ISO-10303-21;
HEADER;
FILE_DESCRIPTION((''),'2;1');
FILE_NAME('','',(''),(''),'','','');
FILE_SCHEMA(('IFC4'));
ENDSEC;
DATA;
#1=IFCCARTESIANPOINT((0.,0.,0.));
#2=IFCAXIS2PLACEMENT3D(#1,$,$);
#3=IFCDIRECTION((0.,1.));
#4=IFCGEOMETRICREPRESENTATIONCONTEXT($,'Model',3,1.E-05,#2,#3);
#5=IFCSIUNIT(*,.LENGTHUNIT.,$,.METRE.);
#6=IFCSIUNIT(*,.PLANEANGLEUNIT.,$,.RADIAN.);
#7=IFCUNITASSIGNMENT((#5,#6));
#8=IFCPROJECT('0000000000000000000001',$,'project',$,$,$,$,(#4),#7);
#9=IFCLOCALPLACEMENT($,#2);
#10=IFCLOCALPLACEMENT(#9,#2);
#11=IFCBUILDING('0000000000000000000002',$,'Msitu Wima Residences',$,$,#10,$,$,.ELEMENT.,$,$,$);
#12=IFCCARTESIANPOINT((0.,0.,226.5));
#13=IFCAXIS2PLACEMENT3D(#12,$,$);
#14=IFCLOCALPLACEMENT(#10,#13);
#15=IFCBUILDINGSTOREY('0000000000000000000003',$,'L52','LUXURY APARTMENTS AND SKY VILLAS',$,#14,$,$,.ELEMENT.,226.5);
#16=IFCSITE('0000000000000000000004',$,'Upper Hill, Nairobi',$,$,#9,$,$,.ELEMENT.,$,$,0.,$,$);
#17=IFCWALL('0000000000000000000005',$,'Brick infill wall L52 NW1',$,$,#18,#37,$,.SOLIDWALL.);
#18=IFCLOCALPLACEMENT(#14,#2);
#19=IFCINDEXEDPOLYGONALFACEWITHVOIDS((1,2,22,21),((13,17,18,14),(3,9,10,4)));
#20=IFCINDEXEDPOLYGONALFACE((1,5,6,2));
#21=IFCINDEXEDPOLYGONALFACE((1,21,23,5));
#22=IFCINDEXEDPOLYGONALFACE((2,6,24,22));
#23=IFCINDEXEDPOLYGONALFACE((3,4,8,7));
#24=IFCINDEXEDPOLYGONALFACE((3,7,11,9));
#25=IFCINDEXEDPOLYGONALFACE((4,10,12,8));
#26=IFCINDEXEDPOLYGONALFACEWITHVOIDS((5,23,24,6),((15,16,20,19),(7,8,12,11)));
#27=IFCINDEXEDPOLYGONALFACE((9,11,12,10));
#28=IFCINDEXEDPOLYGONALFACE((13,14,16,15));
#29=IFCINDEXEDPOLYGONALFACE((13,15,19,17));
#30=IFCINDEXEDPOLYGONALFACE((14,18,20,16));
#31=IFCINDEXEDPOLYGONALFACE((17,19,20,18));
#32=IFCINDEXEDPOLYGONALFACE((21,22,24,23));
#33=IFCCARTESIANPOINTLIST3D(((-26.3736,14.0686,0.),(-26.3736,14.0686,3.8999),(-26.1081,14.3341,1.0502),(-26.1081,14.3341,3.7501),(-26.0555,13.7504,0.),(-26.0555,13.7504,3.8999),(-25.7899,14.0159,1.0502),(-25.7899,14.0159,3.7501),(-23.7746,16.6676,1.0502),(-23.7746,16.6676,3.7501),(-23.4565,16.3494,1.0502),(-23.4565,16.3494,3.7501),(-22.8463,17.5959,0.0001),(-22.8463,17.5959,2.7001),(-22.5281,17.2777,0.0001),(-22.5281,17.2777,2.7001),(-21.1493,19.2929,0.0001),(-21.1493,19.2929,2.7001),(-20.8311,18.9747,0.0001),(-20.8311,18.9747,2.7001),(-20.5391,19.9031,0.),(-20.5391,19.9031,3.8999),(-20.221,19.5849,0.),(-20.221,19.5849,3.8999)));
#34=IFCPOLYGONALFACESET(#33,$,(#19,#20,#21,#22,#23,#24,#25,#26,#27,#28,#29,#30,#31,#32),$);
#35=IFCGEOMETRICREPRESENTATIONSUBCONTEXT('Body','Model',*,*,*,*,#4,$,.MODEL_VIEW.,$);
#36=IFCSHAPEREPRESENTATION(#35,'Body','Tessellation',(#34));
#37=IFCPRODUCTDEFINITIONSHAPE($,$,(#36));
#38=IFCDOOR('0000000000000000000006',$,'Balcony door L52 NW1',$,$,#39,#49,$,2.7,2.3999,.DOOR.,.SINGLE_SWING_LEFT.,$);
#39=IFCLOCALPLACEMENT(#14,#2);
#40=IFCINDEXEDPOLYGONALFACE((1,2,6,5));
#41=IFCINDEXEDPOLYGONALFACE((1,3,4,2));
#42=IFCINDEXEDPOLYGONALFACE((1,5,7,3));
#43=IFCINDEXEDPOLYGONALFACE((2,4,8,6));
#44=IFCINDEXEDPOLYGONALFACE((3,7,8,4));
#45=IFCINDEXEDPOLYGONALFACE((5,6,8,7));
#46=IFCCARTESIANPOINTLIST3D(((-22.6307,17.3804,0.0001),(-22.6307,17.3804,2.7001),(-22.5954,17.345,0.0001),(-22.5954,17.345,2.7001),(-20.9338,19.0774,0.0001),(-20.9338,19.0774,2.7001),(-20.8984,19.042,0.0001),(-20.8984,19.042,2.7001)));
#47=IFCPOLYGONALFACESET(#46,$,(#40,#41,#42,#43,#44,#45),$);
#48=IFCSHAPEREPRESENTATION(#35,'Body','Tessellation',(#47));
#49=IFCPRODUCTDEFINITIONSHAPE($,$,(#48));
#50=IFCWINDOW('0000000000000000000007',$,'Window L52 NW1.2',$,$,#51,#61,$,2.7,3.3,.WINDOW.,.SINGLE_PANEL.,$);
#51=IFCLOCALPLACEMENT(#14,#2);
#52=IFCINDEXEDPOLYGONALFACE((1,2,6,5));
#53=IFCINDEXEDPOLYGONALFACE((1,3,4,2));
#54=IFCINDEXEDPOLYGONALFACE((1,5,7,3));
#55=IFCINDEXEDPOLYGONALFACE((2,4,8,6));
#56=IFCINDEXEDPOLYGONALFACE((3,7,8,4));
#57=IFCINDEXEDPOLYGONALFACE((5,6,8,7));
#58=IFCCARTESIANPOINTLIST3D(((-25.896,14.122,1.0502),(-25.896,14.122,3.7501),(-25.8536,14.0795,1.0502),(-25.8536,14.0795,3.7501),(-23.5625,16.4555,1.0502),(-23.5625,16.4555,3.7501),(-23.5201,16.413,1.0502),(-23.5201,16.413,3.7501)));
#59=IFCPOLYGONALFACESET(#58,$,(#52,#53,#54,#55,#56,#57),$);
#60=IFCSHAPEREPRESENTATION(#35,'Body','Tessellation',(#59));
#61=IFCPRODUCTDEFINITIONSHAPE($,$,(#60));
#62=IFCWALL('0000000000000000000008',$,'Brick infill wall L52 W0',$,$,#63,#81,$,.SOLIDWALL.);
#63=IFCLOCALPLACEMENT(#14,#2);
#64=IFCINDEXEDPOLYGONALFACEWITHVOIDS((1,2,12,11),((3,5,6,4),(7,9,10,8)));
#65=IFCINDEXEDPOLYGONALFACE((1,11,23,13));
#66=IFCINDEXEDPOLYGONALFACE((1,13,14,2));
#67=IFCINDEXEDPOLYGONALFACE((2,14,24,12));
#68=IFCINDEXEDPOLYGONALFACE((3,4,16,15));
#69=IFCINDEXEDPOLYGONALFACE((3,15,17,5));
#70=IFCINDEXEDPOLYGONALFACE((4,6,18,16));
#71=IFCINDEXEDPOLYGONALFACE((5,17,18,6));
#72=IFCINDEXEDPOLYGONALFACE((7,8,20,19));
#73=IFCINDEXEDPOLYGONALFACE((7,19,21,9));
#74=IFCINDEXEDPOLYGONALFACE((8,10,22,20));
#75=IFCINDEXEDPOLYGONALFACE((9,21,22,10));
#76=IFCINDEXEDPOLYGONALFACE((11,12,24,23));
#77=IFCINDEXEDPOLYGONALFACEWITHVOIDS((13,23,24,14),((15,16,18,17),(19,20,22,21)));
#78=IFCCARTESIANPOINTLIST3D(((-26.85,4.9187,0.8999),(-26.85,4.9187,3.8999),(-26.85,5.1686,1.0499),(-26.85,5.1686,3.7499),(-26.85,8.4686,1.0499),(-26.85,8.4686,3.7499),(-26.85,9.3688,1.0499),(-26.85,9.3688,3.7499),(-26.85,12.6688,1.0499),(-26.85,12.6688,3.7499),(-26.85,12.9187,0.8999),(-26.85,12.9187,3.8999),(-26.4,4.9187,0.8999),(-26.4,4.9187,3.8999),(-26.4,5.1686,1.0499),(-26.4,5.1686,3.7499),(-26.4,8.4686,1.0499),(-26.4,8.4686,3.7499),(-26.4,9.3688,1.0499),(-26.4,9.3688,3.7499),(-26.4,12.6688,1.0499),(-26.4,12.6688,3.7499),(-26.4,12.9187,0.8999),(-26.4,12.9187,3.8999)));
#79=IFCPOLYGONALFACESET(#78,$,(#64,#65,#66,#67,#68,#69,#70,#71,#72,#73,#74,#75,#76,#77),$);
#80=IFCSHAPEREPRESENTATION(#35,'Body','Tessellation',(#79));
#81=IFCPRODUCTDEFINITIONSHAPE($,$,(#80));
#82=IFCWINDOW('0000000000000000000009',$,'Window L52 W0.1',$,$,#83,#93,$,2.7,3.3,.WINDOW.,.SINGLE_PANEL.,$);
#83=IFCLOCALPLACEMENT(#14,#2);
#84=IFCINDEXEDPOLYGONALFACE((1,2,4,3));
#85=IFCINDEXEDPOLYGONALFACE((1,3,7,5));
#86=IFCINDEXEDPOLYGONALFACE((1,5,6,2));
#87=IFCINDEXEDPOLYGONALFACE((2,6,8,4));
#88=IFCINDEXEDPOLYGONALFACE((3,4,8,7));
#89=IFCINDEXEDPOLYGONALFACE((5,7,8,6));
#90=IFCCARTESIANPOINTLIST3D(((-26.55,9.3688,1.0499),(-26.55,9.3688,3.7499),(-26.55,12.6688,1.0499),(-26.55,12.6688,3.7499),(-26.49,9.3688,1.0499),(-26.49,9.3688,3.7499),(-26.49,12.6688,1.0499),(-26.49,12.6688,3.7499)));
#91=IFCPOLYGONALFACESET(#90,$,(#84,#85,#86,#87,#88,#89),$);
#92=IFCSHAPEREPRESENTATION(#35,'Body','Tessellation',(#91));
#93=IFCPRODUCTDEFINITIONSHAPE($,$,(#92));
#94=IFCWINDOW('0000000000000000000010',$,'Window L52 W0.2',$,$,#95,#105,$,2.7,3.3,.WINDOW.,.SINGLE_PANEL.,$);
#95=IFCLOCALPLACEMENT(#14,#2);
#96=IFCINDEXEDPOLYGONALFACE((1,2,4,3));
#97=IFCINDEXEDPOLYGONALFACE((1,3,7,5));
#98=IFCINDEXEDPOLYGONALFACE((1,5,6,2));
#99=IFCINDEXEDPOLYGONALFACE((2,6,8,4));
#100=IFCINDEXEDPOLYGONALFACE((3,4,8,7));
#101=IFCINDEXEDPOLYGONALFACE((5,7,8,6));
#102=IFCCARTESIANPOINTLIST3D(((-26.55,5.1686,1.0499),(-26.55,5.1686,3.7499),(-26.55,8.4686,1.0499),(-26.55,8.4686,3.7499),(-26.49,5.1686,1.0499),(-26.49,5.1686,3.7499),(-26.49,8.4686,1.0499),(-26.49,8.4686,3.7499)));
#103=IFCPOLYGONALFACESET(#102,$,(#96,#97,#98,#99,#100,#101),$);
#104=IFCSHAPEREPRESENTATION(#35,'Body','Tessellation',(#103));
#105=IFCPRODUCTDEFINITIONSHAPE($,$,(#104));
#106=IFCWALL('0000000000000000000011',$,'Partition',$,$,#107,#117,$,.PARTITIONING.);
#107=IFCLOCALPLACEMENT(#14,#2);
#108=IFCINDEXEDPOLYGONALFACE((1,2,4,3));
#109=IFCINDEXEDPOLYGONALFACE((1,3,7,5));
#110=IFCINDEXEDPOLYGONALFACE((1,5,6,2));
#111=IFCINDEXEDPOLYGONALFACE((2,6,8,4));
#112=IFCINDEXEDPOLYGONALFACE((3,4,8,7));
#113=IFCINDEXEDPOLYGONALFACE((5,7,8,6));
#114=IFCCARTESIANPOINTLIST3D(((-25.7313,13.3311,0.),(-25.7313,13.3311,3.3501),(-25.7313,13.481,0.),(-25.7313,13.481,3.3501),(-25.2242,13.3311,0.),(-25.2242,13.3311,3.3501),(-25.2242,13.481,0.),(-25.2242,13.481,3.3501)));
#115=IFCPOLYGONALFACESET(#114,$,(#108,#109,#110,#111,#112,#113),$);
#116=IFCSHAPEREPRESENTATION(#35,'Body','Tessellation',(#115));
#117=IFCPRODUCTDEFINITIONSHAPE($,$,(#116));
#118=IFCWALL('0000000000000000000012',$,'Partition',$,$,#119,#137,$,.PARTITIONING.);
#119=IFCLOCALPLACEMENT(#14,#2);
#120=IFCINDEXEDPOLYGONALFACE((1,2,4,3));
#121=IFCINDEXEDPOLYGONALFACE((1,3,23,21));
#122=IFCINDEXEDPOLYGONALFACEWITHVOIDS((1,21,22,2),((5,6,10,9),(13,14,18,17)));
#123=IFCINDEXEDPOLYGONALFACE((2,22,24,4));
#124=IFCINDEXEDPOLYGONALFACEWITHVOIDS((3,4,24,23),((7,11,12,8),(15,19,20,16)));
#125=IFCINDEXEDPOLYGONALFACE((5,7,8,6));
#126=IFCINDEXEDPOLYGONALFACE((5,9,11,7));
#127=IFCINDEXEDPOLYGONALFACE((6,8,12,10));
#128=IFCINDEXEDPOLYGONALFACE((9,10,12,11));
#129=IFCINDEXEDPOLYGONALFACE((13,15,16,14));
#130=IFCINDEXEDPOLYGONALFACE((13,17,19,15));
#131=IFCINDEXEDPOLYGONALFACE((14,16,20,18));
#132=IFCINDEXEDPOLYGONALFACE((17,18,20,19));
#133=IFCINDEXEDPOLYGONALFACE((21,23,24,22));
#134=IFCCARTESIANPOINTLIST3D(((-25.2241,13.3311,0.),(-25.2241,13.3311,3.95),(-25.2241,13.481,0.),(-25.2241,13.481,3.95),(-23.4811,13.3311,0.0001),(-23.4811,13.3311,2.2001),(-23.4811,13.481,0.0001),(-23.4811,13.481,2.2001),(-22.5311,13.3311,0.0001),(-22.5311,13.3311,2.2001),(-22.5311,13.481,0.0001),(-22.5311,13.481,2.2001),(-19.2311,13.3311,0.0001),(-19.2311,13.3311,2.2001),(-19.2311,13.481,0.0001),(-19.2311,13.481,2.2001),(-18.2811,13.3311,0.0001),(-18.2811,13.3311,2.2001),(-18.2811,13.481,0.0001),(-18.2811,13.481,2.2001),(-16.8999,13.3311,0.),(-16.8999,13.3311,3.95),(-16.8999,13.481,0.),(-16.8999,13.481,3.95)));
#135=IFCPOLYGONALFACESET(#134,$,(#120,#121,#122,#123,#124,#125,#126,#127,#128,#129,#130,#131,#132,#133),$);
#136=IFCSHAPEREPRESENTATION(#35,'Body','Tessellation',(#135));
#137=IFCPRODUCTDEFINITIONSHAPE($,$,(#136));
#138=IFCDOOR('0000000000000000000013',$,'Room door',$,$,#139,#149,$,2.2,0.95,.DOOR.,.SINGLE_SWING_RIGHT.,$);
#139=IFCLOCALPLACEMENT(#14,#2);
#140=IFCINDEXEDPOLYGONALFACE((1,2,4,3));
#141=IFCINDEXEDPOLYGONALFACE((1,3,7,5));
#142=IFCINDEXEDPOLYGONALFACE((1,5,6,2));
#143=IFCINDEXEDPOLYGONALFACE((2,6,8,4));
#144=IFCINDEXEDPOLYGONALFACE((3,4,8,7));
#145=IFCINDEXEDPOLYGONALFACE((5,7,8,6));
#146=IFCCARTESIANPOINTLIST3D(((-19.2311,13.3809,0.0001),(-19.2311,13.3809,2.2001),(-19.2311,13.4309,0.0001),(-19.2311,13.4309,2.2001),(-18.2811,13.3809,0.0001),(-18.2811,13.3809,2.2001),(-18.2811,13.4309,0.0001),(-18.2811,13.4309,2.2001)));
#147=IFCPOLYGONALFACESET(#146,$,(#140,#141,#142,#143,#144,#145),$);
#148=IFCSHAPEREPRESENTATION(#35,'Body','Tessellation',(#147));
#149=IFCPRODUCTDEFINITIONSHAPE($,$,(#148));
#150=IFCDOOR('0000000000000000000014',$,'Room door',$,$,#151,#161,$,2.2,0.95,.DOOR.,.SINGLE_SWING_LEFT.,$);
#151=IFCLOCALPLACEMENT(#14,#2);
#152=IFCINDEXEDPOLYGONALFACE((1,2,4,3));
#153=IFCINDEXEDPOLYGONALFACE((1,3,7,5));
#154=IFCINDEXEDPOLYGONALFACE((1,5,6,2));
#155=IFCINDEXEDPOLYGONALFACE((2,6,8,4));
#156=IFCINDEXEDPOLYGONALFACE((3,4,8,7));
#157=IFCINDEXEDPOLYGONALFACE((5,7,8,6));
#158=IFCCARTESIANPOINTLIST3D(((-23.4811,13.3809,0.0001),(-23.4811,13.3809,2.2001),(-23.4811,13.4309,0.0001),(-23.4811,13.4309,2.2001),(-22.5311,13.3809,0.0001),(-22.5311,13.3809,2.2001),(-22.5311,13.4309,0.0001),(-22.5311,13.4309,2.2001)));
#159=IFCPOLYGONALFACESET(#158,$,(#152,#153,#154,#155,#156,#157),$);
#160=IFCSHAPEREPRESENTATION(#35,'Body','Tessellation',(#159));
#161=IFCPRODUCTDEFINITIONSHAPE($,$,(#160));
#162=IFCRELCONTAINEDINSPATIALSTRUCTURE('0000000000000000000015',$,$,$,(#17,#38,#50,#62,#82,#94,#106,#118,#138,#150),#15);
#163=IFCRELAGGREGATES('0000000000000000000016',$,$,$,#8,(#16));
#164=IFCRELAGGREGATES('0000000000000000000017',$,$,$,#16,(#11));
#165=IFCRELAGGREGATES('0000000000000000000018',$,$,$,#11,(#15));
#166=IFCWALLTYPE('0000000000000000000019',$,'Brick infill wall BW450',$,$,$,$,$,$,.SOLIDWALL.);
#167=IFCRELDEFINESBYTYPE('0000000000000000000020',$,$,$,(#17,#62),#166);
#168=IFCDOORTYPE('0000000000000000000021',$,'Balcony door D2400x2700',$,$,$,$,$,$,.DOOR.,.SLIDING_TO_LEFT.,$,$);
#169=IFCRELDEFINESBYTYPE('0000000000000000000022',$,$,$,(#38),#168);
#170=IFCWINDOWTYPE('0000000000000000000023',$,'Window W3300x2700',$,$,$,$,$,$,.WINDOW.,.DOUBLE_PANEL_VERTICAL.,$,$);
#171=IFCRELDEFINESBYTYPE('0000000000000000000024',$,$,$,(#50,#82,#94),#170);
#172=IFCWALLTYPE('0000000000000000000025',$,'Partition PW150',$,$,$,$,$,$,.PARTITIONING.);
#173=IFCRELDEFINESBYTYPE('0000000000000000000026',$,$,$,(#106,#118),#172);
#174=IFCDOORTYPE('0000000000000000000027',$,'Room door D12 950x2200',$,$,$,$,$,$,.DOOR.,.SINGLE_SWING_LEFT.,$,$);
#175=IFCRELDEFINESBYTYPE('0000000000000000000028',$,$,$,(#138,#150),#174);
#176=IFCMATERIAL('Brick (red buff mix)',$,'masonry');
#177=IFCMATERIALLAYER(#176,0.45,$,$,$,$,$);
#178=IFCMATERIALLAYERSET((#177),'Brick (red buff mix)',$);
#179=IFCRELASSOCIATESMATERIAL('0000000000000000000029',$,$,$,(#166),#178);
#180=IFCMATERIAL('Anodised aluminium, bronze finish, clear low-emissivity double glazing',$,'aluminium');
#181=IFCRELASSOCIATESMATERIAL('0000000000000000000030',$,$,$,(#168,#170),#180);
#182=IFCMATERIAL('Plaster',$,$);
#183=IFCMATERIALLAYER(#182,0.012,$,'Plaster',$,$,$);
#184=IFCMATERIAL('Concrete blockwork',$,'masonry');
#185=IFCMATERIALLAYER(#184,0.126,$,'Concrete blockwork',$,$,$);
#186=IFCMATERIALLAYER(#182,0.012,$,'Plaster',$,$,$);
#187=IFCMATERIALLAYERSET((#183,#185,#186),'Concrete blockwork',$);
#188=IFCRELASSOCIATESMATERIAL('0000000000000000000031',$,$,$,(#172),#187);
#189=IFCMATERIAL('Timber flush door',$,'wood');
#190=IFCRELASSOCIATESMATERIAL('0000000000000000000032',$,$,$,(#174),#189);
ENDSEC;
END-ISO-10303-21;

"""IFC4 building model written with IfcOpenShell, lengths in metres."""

from ifc_helpers import new_model, si_unit, direction, frame, frame_2d, origin, place, context, subcontext, project, spatial, rectangle, extrude, material, layer, layer_set, type_object, element, fill, save


model = new_model("IFC4")

# Units and contexts
model_context = context("Model", 3, precision=1e-05, world=origin(), true_north=direction((0.0, 1.0)))
body_context = subcontext(model_context, "Body", "Model", "MODEL_VIEW")
ifc_project = project(units=[si_unit("LENGTHUNIT", "METRE"), si_unit("PLANEANGLEUNIT", "RADIAN")], contexts=[model_context])

# Site, building, storey
site_placement = place(None, origin())
site = spatial("IfcSite", under=ifc_project, at=site_placement, Name="Upper Hill, Nairobi", CompositionType="ELEMENT", RefElevation=0.0)
building_placement = place(site_placement, origin())
building = spatial("IfcBuilding", under=site, at=building_placement, Name="Msitu Wima Residences", CompositionType="ELEMENT")
storey_placement = place(building_placement, frame((0.0, 0.0, 226.5)))
storey = spatial("IfcBuildingStorey", under=building, at=storey_placement, Name="L52", Description="LUXURY APARTMENTS AND SKY VILLAS", CompositionType="ELEMENT", Elevation=226.5)

# Wall, openings, door, window
ifc_material_1 = material(Name="Brick (red buff mix)", Category="masonry")
ifc_layer_1 = layer(ifc_material_1, 0.45)
ifc_layer_set_1 = layer_set([ifc_layer_1], Name="Brick (red buff mix)")
wall_type_1 = type_object("IfcWallType", Name="Brick infill wall BW450", PredefinedType="SOLIDWALL", material=ifc_layer_set_1)
wall_1_placement = place(storey_placement, frame((-20.3801, 19.7439, 0.0), z_axis=(0.0, 0.0, 1.0), x_axis=(-0.707107, -0.707107, 0.0)))
wall_1 = element("IfcWall", 1, at=wall_1_placement, inside=storey, type_object=wall_type_1, Name="Brick infill wall L52 NW1", PredefinedType="SOLIDWALL", context=body_context, shape_type="SweptSolid", body=[
    extrude(rectangle(XDim=8.2512, YDim=0.45, at=frame_2d((4.1255, 0.0))), origin(), (0.0, 0.0, 1.0), 3.8999),
])
opening_1_placement = place(wall_1_placement, frame((0.8628, 0.0, 0.0)))
opening_1 = element("IfcOpeningElement", 2, at=opening_1_placement, cuts=wall_1, PredefinedType="OPENING", context=body_context, shape_type="SweptSolid", body=[
    extrude(rectangle(XDim=2.3999, YDim=2.7, at=frame_2d((1.2, 1.3501))), frame((0.0, 0.2349, 0.0), z_axis=(0.0, -1.0, 0.0), x_axis=(1.0, 0.0, 0.0)), (0.0, 0.0, 1.0), 0.47),
])
opening_2_placement = place(wall_1_placement, frame((4.5757, 0.0, 1.05)))
opening_2 = element("IfcOpeningElement", 3, at=opening_2_placement, cuts=wall_1, PredefinedType="OPENING", context=body_context, shape_type="SweptSolid", body=[
    extrude(rectangle(XDim=3.3, YDim=2.7, at=frame_2d((1.6499, 1.3501))), frame((0.0, 0.2349, 0.0), z_axis=(0.0, -1.0, 0.0), x_axis=(1.0, 0.0, 0.0)), (0.0, 0.0, 1.0), 0.47),
])
ifc_material_2 = material(Name="Anodised aluminium, bronze finish, clear low-emissivity double glazing", Category="aluminium")
door_type_1 = type_object("IfcDoorType", Name="Balcony door D2400x2700", OperationType="SLIDING_TO_LEFT", PredefinedType="DOOR", material=ifc_material_2)
door_1_placement = place(opening_1_placement, origin())
door_1 = element("IfcDoor", 4, at=door_1_placement, inside=storey, type_object=door_type_1, Name="Balcony door L52 NW1", OperationType="SINGLE_SWING_LEFT", OverallHeight=2.7, OverallWidth=2.3999, PredefinedType="DOOR", context=body_context, shape_type="SweptSolid", body=[
    extrude(rectangle(XDim=2.3999, YDim=2.7, at=frame_2d((1.2, 1.3501))), frame((0.0, 0.1299, 0.0), z_axis=(0.0, -1.0, 0.0), x_axis=(1.0, 0.0, 0.0)), (0.0, 0.0, 1.0), 0.05),
])
fill(opening_1, door_1)
window_type = type_object("IfcWindowType", Name="Window W3300x2700", PartitioningType="DOUBLE_PANEL_VERTICAL", PredefinedType="WINDOW", material=ifc_material_2)
window_1_placement = place(opening_2_placement, origin())
window_1 = element("IfcWindow", 5, at=window_1_placement, inside=storey, type_object=window_type, Name="Window L52 NW1.2", OverallHeight=2.7, OverallWidth=3.3, PartitioningType="SINGLE_PANEL", PredefinedType="WINDOW", context=body_context, shape_type="SweptSolid", body=[
    extrude(rectangle(XDim=3.3, YDim=2.7, at=frame_2d((1.6499, 1.3501))), frame((0.0, 0.135, 0.0), z_axis=(0.0, -1.0, 0.0), x_axis=(1.0, 0.0, 0.0)), (0.0, 0.0, 1.0), 0.0601),
])
fill(opening_2, window_1)

# Wall, openings, windows
wall_2_placement = place(storey_placement, frame((-26.625, 12.9187, 0.8999), z_axis=(0.0, 0.0, 1.0), x_axis=(0.0, -1.0, 0.0)))
wall_2 = element("IfcWall", 6, at=wall_2_placement, inside=storey, type_object=wall_type_1, Name="Brick infill wall L52 W0", PredefinedType="SOLIDWALL", context=body_context, shape_type="SweptSolid", body=[
    extrude(rectangle(XDim=8.0, YDim=0.45, at=frame_2d((4.0, 0.0))), origin(), (0.0, 0.0, 1.0), 3.0),
])
opening_3_placement = place(wall_2_placement, frame((0.25, 0.0, 0.1499)))
opening_3 = element("IfcOpeningElement", 7, at=opening_3_placement, cuts=wall_2, PredefinedType="OPENING", context=body_context, shape_type="SweptSolid", body=[
    extrude(rectangle(XDim=3.3, YDim=2.7, at=frame_2d((1.6499, 1.3501))), frame((0.0, 0.2349, 0.0), z_axis=(0.0, -1.0, 0.0), x_axis=(1.0, 0.0, 0.0)), (0.0, 0.0, 1.0), 0.47),
])
opening_4_placement = place(wall_2_placement, frame((4.4502, 0.0, 0.1499)))
opening_4 = element("IfcOpeningElement", 8, at=opening_4_placement, cuts=wall_2, PredefinedType="OPENING", context=body_context, shape_type="SweptSolid", body=[
    extrude(rectangle(XDim=3.3, YDim=2.7, at=frame_2d((1.6499, 1.3501))), frame((0.0, 0.2349, 0.0), z_axis=(0.0, -1.0, 0.0), x_axis=(1.0, 0.0, 0.0)), (0.0, 0.0, 1.0), 0.47),
])
window_2_placement = place(opening_3_placement, origin())
window_2 = element("IfcWindow", 9, at=window_2_placement, inside=storey, type_object=window_type, Name="Window L52 W0.1", OverallHeight=2.7, OverallWidth=3.3, PartitioningType="SINGLE_PANEL", PredefinedType="WINDOW", context=body_context, shape_type="SweptSolid", body=[
    extrude(rectangle(XDim=3.3, YDim=2.7, at=frame_2d((1.6499, 1.3501))), frame((0.0, 0.135, 0.0), z_axis=(0.0, -1.0, 0.0), x_axis=(1.0, 0.0, 0.0)), (0.0, 0.0, 1.0), 0.0601),
])
fill(opening_3, window_2)
window_3_placement = place(opening_4_placement, origin())
window_3 = element("IfcWindow", 10, at=window_3_placement, inside=storey, type_object=window_type, Name="Window L52 W0.2", OverallHeight=2.7, OverallWidth=3.3, PartitioningType="SINGLE_PANEL", PredefinedType="WINDOW", context=body_context, shape_type="SweptSolid", body=[
    extrude(rectangle(XDim=3.3, YDim=2.7, at=frame_2d((1.6499, 1.3501))), frame((0.0, 0.135, 0.0), z_axis=(0.0, -1.0, 0.0), x_axis=(1.0, 0.0, 0.0)), (0.0, 0.0, 1.0), 0.0601),
])
fill(opening_4, window_3)

# Wall
ifc_material_3 = material(Name="Plaster")
ifc_layer_2 = layer(ifc_material_3, 0.012, Name="Plaster")
ifc_material_4 = material(Name="Concrete blockwork", Category="masonry")
ifc_layer_3 = layer(ifc_material_4, 0.126, Name="Concrete blockwork")
ifc_layer_4 = layer(ifc_material_3, 0.012, Name="Plaster")
ifc_layer_set_2 = layer_set([ifc_layer_2, ifc_layer_3, ifc_layer_4], Name="Concrete blockwork")
wall_type_2 = type_object("IfcWallType", Name="Partition PW150", PredefinedType="PARTITIONING", material=ifc_layer_set_2)
wall_3_placement = place(storey_placement, frame((-25.7312, 13.406, 0.0), z_axis=(0.0, 0.0, 1.0), x_axis=(1.0, 0.0, 0.0)))
element("IfcWall", 11, at=wall_3_placement, inside=storey, type_object=wall_type_2, Name="Partition", PredefinedType="PARTITIONING", context=body_context, shape_type="SweptSolid", body=[
    extrude(rectangle(XDim=0.5071, YDim=0.1499, at=frame_2d((0.2534, 0.0))), origin(), (0.0, 0.0, 1.0), 3.3501),
])

# Wall, openings, doors
wall_4_placement = place(storey_placement, frame((-25.2241, 13.406, 0.0), z_axis=(0.0, 0.0, 1.0), x_axis=(1.0, 0.0, 0.0)))
wall_4 = element("IfcWall", 12, at=wall_4_placement, inside=storey, type_object=wall_type_2, Name="Partition", PredefinedType="PARTITIONING", context=body_context, shape_type="SweptSolid", body=[
    extrude(rectangle(XDim=8.3242, YDim=0.1499, at=frame_2d((4.1621, 0.0))), origin(), (0.0, 0.0, 1.0), 3.95),
])
opening_5_placement = place(wall_4_placement, frame((5.9929, 0.0, 0.0)))
opening_5 = element("IfcOpeningElement", 13, at=opening_5_placement, cuts=wall_4, PredefinedType="OPENING", context=body_context, shape_type="SweptSolid", body=[
    extrude(rectangle(XDim=0.95, YDim=2.2, at=frame_2d((0.4751, 1.1001))), frame((0.0, 0.085, 0.0), z_axis=(0.0, -1.0, 0.0), x_axis=(1.0, 0.0, 0.0)), (0.0, 0.0, 1.0), 0.1699),
])
opening_6_placement = place(wall_4_placement, frame((1.7429, 0.0, 0.0)))
opening_6 = element("IfcOpeningElement", 14, at=opening_6_placement, cuts=wall_4, PredefinedType="OPENING", context=body_context, shape_type="SweptSolid", body=[
    extrude(rectangle(XDim=0.95, YDim=2.2, at=frame_2d((0.4751, 1.1001))), frame((0.0, 0.085, 0.0), z_axis=(0.0, -1.0, 0.0), x_axis=(1.0, 0.0, 0.0)), (0.0, 0.0, 1.0), 0.1699),
])
ifc_material_5 = material(Name="Timber flush door", Category="wood")
door_type_2 = type_object("IfcDoorType", Name="Room door D12 950x2200", OperationType="SINGLE_SWING_LEFT", PredefinedType="DOOR", material=ifc_material_5)
door_2_placement = place(opening_5_placement, origin())
door_2 = element("IfcDoor", 15, at=door_2_placement, inside=storey, type_object=door_type_2, Name="Room door", OperationType="SINGLE_SWING_RIGHT", OverallHeight=2.2, OverallWidth=0.95, PredefinedType="DOOR", context=body_context, shape_type="SweptSolid", body=[
    extrude(rectangle(XDim=0.95, YDim=2.2, at=frame_2d((0.4751, 1.1001))), frame((0.0, 0.0249, 0.0), z_axis=(0.0, -1.0, 0.0), x_axis=(1.0, 0.0, 0.0)), (0.0, 0.0, 1.0), 0.05),
])
fill(opening_5, door_2)
door_3_placement = place(opening_6_placement, origin())
door_3 = element("IfcDoor", 16, at=door_3_placement, inside=storey, type_object=door_type_2, Name="Room door", OperationType="SINGLE_SWING_LEFT", OverallHeight=2.2, OverallWidth=0.95, PredefinedType="DOOR", context=body_context, shape_type="SweptSolid", body=[
    extrude(rectangle(XDim=0.95, YDim=2.2, at=frame_2d((0.4751, 1.1001))), frame((0.0, 0.0249, 0.0), z_axis=(0.0, -1.0, 0.0), x_axis=(1.0, 0.0, 0.0)), (0.0, 0.0, 1.0), 0.05),
])
fill(opening_6, door_3)

save(model, "model.ifc")
